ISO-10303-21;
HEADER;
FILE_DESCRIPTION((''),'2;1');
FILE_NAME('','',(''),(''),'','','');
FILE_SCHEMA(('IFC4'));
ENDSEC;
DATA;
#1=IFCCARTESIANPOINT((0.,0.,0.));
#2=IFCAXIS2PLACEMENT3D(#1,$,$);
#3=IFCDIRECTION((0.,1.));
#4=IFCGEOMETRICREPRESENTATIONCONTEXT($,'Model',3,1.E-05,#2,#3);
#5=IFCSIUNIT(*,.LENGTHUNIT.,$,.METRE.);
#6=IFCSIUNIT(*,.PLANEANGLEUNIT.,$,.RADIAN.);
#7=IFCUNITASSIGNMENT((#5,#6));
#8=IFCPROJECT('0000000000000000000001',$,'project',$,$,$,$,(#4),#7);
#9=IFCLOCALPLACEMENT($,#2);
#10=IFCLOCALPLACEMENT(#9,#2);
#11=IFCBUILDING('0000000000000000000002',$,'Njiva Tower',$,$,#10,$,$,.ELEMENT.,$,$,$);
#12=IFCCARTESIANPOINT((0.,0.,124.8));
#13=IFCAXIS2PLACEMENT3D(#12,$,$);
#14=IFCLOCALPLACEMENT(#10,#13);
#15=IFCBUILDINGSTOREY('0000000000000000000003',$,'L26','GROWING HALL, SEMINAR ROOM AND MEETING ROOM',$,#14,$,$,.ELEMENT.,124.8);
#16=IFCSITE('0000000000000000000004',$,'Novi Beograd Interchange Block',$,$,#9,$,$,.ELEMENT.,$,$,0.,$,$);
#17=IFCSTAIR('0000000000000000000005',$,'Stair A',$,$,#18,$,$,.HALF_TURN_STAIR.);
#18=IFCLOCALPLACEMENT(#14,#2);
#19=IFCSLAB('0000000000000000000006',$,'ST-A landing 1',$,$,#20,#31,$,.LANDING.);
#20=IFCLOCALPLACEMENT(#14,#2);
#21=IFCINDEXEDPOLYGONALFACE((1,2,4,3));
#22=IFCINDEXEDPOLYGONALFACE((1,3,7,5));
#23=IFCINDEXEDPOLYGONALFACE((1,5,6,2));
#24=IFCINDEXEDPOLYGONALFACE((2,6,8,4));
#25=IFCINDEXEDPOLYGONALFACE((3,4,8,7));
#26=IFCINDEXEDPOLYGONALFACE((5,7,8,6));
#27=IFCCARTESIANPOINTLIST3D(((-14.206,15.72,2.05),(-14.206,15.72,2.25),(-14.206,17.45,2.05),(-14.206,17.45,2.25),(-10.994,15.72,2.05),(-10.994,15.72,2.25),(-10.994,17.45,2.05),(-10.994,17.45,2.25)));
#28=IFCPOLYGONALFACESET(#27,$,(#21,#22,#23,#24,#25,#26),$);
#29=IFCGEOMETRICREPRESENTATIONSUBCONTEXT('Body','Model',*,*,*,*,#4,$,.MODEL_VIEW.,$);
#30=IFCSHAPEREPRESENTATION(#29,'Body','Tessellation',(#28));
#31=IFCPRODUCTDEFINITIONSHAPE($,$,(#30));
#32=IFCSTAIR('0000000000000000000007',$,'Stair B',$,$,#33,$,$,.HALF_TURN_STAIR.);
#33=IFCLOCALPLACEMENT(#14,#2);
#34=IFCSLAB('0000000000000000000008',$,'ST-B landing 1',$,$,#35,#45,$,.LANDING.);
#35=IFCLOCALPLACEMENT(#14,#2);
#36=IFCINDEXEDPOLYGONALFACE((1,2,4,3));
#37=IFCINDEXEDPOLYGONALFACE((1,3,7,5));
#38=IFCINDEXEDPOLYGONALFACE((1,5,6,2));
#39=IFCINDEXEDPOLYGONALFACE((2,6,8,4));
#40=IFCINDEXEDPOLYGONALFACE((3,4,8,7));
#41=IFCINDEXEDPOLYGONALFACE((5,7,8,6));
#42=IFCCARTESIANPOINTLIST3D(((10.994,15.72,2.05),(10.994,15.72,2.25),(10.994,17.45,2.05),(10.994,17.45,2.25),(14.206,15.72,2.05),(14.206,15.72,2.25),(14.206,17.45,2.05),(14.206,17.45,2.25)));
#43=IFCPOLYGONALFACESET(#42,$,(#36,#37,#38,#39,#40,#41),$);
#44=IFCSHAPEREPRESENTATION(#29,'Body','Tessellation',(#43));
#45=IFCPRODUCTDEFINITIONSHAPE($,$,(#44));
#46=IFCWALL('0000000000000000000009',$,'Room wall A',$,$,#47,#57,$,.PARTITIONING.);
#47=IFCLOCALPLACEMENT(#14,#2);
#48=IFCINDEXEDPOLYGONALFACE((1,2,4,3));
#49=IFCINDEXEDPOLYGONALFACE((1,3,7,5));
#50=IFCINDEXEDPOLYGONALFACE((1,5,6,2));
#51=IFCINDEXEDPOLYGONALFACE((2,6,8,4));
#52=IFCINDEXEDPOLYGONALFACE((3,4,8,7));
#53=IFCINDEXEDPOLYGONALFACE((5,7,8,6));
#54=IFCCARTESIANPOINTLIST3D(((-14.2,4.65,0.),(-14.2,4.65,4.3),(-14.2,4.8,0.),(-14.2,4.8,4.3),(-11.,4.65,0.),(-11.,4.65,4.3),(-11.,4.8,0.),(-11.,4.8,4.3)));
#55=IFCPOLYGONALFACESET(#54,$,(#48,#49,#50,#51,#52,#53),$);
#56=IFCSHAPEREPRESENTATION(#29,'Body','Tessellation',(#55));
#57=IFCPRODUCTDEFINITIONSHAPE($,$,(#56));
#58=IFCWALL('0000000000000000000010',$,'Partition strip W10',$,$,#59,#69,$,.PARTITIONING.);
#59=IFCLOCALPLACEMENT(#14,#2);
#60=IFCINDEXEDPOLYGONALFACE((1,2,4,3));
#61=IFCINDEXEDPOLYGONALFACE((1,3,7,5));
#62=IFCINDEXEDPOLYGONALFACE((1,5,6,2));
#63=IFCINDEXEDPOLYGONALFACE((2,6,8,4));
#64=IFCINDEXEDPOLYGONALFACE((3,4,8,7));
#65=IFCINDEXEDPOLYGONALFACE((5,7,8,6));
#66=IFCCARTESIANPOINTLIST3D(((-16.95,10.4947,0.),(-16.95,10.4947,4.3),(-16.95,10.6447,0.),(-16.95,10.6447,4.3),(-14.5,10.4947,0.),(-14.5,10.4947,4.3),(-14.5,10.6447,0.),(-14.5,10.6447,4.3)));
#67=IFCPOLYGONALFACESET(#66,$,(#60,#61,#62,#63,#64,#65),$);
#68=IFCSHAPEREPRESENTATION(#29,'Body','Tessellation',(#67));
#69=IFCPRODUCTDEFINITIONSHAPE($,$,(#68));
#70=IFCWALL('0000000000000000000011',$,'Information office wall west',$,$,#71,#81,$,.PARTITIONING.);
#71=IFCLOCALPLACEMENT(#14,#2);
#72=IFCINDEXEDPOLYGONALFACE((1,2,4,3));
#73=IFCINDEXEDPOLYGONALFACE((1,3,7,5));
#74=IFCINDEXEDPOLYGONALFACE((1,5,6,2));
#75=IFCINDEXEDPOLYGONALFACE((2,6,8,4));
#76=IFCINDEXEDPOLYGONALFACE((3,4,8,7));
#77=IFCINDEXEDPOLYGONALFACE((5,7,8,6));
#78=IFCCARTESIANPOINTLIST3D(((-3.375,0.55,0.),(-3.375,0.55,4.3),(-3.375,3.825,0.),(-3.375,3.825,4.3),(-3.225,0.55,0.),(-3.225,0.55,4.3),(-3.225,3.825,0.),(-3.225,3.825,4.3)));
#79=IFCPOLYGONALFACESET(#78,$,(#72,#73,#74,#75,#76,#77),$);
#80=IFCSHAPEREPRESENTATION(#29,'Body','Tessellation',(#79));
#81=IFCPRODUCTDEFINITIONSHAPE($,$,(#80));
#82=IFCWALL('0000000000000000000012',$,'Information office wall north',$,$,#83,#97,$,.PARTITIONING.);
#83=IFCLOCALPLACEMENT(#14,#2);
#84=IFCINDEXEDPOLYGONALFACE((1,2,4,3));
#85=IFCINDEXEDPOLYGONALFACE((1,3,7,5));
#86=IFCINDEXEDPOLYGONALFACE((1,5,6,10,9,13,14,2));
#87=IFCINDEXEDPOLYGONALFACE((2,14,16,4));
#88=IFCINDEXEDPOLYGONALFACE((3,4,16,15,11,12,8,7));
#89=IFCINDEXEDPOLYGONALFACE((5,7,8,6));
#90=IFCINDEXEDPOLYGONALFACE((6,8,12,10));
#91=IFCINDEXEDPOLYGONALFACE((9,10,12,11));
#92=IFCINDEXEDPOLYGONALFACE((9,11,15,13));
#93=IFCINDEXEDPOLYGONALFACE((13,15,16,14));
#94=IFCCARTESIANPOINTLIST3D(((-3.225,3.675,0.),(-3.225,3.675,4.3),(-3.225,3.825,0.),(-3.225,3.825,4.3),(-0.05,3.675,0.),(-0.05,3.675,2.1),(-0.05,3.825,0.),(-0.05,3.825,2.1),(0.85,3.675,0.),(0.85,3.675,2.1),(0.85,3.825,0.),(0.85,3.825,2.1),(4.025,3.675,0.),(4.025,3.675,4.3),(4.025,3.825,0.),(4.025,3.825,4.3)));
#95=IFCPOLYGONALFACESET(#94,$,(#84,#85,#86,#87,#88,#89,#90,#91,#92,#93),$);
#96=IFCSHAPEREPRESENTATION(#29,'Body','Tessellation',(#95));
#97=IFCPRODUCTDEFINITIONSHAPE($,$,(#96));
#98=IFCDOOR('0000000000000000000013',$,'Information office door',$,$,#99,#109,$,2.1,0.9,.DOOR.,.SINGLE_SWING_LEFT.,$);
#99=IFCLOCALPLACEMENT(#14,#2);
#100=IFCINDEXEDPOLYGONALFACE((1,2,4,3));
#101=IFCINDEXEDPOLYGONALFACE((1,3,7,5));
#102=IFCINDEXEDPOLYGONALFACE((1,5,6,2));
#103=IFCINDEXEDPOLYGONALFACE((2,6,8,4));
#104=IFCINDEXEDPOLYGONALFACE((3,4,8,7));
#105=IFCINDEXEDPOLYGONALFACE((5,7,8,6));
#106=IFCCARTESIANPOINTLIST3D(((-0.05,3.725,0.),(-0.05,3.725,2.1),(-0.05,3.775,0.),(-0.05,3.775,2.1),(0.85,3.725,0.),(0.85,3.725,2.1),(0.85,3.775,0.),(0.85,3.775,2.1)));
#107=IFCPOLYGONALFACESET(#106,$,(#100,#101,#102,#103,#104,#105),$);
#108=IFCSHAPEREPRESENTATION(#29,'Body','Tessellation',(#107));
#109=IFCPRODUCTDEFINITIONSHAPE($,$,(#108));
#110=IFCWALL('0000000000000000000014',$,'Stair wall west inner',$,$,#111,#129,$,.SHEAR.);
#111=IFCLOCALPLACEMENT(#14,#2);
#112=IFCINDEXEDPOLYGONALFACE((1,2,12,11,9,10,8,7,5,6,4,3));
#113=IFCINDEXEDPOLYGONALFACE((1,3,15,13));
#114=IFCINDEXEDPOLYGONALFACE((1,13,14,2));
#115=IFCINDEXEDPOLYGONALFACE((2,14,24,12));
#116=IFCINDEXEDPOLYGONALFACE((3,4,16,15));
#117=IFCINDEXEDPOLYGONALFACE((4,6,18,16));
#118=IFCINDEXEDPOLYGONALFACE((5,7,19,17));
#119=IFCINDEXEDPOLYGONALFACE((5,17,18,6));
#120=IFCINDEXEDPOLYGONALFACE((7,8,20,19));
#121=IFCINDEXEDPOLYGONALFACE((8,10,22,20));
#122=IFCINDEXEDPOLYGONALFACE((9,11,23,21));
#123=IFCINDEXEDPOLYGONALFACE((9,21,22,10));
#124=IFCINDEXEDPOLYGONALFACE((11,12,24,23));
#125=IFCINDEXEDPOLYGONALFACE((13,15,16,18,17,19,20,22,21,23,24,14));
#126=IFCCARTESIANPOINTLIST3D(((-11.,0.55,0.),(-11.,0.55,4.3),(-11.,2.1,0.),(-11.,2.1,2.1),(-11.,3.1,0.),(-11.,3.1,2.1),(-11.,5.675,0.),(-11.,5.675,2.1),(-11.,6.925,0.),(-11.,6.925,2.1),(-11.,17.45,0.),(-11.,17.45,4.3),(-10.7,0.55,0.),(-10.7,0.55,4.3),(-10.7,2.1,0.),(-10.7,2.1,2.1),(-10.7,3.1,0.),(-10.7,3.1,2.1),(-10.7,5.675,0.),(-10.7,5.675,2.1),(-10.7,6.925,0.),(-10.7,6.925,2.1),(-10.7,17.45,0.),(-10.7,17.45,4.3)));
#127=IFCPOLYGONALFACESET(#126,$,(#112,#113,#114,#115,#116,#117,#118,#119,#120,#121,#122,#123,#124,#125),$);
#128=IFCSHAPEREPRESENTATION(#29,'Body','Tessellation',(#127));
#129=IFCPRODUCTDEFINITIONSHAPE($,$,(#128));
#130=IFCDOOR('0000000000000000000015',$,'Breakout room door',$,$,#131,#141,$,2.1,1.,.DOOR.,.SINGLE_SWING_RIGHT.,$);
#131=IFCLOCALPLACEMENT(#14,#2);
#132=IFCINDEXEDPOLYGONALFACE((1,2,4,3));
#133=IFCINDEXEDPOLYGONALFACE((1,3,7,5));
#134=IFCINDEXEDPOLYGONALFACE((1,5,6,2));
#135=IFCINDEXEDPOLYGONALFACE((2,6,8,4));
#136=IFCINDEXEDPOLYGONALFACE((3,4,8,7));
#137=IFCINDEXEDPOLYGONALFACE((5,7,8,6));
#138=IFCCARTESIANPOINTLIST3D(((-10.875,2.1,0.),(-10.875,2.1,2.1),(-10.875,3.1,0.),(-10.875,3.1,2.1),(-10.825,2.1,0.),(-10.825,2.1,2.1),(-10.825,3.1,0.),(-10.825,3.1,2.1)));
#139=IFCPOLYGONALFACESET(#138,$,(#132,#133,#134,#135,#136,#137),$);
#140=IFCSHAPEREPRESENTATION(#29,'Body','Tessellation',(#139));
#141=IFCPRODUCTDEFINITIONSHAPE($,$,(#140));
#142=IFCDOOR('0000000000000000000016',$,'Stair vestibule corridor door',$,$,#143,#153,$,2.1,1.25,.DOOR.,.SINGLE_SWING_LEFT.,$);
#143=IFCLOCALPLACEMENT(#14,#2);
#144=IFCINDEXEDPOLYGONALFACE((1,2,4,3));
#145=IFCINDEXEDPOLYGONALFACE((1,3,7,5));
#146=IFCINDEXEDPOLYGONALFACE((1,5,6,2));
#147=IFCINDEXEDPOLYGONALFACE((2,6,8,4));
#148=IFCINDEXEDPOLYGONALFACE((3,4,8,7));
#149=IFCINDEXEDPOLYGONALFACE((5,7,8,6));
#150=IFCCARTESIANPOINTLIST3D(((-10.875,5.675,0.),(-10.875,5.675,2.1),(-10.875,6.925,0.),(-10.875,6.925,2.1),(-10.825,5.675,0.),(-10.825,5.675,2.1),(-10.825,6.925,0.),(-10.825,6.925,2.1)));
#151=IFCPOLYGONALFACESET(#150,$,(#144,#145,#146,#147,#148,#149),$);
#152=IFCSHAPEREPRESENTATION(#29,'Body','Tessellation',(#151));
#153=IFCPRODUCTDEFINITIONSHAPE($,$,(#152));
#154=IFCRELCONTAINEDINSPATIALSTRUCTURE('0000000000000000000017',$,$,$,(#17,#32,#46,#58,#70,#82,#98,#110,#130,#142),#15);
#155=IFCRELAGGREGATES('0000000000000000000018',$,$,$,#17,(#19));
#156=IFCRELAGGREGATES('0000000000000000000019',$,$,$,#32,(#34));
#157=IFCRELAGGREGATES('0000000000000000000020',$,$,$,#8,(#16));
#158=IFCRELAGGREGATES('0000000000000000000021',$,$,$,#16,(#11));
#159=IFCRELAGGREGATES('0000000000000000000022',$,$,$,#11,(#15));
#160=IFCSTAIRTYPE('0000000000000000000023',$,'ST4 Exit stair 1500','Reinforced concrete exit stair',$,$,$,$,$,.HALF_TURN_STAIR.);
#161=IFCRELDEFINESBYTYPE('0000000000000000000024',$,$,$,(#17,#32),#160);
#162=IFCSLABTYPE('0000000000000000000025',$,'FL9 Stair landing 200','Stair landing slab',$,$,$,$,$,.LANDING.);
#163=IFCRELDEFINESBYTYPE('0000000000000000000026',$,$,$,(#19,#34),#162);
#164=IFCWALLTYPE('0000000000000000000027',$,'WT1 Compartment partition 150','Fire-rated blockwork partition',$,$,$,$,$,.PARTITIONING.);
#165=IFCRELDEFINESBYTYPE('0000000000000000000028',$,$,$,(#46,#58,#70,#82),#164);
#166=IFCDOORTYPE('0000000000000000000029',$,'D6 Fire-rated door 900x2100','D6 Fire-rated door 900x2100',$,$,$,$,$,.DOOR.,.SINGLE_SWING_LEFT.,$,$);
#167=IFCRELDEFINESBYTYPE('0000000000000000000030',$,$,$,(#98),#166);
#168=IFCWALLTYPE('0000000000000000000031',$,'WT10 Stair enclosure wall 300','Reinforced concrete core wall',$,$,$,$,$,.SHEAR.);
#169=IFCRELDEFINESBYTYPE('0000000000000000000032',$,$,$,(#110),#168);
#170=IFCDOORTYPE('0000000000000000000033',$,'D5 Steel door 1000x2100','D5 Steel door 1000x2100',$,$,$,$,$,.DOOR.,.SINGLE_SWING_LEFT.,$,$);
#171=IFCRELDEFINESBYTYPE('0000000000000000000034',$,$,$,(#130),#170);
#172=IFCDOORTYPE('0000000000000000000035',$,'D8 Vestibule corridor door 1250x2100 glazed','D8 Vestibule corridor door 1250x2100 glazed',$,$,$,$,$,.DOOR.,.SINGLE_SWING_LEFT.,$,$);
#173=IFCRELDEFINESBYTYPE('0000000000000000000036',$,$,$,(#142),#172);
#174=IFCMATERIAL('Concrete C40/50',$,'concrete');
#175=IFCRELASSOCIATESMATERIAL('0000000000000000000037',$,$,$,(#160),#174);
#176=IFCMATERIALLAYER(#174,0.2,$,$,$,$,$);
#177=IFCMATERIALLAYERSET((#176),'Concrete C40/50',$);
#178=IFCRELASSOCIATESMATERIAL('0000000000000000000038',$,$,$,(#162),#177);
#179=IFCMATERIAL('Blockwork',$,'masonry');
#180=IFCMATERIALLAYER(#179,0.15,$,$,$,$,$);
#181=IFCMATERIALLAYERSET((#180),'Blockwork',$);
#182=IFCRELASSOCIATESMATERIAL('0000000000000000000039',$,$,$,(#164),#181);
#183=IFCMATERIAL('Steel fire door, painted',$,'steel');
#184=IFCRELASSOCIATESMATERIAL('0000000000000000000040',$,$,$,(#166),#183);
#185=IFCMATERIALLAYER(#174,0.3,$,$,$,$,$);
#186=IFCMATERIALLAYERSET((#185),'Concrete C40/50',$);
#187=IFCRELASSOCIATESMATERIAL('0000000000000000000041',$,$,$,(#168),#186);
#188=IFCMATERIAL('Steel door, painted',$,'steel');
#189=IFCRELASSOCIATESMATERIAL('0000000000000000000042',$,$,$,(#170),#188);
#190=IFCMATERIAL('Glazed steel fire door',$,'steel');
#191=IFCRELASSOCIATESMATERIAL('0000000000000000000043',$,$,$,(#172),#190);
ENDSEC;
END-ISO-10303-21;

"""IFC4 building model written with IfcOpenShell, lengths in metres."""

from ifc_helpers import new_model, si_unit, direction, frame, frame_2d, origin, place, context, subcontext, project, spatial, polyline, rectangle, outline, extrude, material, layer, layer_set, type_object, element, fill, aggregate, save


model = new_model("IFC4")

# Units and contexts
model_context = context("Model", 3, precision=1e-05, world=origin(), true_north=direction((0.0, 1.0)))
body_context = subcontext(model_context, "Body", "Model", "MODEL_VIEW")
ifc_project = project(units=[si_unit("LENGTHUNIT", "METRE"), si_unit("PLANEANGLEUNIT", "RADIAN")], contexts=[model_context])

# Site, building, storey
site_placement = place(None, origin())
site = spatial("IfcSite", under=ifc_project, at=site_placement, Name="Novi Beograd Interchange Block", CompositionType="ELEMENT", RefElevation=0.0)
building_placement = place(site_placement, origin())
building = spatial("IfcBuilding", under=site, at=building_placement, Name="Njiva Tower", CompositionType="ELEMENT")
storey_placement = place(building_placement, frame((0.0, 0.0, 124.8)))
storey = spatial("IfcBuildingStorey", under=building, at=storey_placement, Name="L26", Description="GROWING HALL, SEMINAR ROOM AND MEETING ROOM", CompositionType="ELEMENT", Elevation=124.8)

# Stairs, slabs
ifc_material_1 = material(Name="Concrete C40/50", Category="concrete")
stair_type = type_object("IfcStairType", Name="ST4 Exit stair 1500", Description="Reinforced concrete exit stair", PredefinedType="HALF_TURN_STAIR", material=ifc_material_1)
stair_1_placement = place(storey_placement, origin())
stair_1 = element("IfcStair", 1, at=stair_1_placement, inside=storey, type_object=stair_type, Name="Stair A", PredefinedType="HALF_TURN_STAIR")
ifc_layer_1 = layer(ifc_material_1, 0.2)
ifc_layer_set_1 = layer_set([ifc_layer_1], Name="Concrete C40/50")
slab_type = type_object("IfcSlabType", Name="FL9 Stair landing 200", Description="Stair landing slab", PredefinedType="LANDING", material=ifc_layer_set_1)
slab_1_placement = place(storey_placement, frame((0.0, 0.0, 2.05)))
slab_1 = element("IfcSlab", 2, at=slab_1_placement, type_object=slab_type, Name="ST-A landing 1", PredefinedType="LANDING", context=body_context, shape_type="SweptSolid", body=[
    extrude(outline(polyline([(-14.206, 15.72), (-10.994, 15.72), (-10.994, 17.45), (-14.206, 17.45), (-14.206, 15.72)])), origin(), (0.0, 0.0, 1.0), 0.2),
])
aggregate(stair_1, [slab_1])
stair_2_placement = place(storey_placement, origin())
stair_2 = element("IfcStair", 3, at=stair_2_placement, inside=storey, type_object=stair_type, Name="Stair B", PredefinedType="HALF_TURN_STAIR")
slab_2_placement = place(storey_placement, frame((0.0, 0.0, 2.05)))
slab_2 = element("IfcSlab", 4, at=slab_2_placement, type_object=slab_type, Name="ST-B landing 1", PredefinedType="LANDING", context=body_context, shape_type="SweptSolid", body=[
    extrude(outline(polyline([(10.994, 15.72), (14.206, 15.72), (14.206, 17.45), (10.994, 17.45), (10.994, 15.72)])), origin(), (0.0, 0.0, 1.0), 0.2),
])
aggregate(stair_2, [slab_2])

# Walls
ifc_material_2 = material(Name="Blockwork", Category="masonry")
ifc_layer_2 = layer(ifc_material_2, 0.15)
ifc_layer_set_2 = layer_set([ifc_layer_2], Name="Blockwork")
wall_type_1 = type_object("IfcWallType", Name="WT1 Compartment partition 150", Description="Fire-rated blockwork partition", PredefinedType="PARTITIONING", material=ifc_layer_set_2)
wall_1_placement = place(storey_placement, frame((-14.2, 4.725, 0.0), z_axis=(0.0, 0.0, 1.0), x_axis=(1.0, 0.0, 0.0)))
element("IfcWall", 5, at=wall_1_placement, inside=storey, type_object=wall_type_1, Name="Room wall A", PredefinedType="PARTITIONING", context=body_context, shape_type="SweptSolid", body=[
    extrude(rectangle(XDim=3.2, YDim=0.15, at=frame_2d((1.6, 0.0))), origin(), (0.0, 0.0, 1.0), 4.3),
])
wall_2_placement = place(storey_placement, frame((-16.95, 10.5697, 0.0), z_axis=(0.0, 0.0, 1.0), x_axis=(1.0, 0.0, 0.0)))
element("IfcWall", 6, at=wall_2_placement, inside=storey, type_object=wall_type_1, Name="Partition strip W10", PredefinedType="PARTITIONING", context=body_context, shape_type="SweptSolid", body=[
    extrude(rectangle(XDim=2.45, YDim=0.15, at=frame_2d((1.225, 0.0))), origin(), (0.0, 0.0, 1.0), 4.3),
])
wall_3_placement = place(storey_placement, frame((-3.3, 0.55, 0.0), z_axis=(0.0, 0.0, 1.0), x_axis=(0.0, 1.0, 0.0)))
element("IfcWall", 7, at=wall_3_placement, inside=storey, type_object=wall_type_1, Name="Information office wall west", PredefinedType="PARTITIONING", context=body_context, shape_type="SweptSolid", body=[
    extrude(rectangle(XDim=3.275, YDim=0.15, at=frame_2d((1.6375, 0.0))), origin(), (0.0, 0.0, 1.0), 4.3),
])

# Wall, opening, door
wall_4_placement = place(storey_placement, frame((-3.225, 3.75, 0.0), z_axis=(0.0, 0.0, 1.0), x_axis=(1.0, 0.0, 0.0)))
wall_4 = element("IfcWall", 8, at=wall_4_placement, inside=storey, type_object=wall_type_1, Name="Information office wall north", PredefinedType="PARTITIONING", context=body_context, shape_type="SweptSolid", body=[
    extrude(rectangle(XDim=7.25, YDim=0.15, at=frame_2d((3.625, 0.0))), origin(), (0.0, 0.0, 1.0), 4.3),
])
opening_1_placement = place(wall_4_placement, frame((3.175, 0.0, 0.0)))
opening_1 = element("IfcOpeningElement", 9, at=opening_1_placement, cuts=wall_4, PredefinedType="OPENING", context=body_context, shape_type="SweptSolid", body=[
    extrude(rectangle(XDim=0.9, YDim=2.1, at=frame_2d((0.45, 1.05))), frame((0.0, 0.085, 0.0), z_axis=(0.0, -1.0, 0.0), x_axis=(1.0, 0.0, 0.0)), (0.0, 0.0, 1.0), 0.17),
])
ifc_material_3 = material(Name="Steel fire door, painted", Category="steel")
door_type_1 = type_object("IfcDoorType", Name="D6 Fire-rated door 900x2100", Description="D6 Fire-rated door 900x2100", OperationType="SINGLE_SWING_LEFT", PredefinedType="DOOR", material=ifc_material_3)
door_1_placement = place(opening_1_placement, origin())
door_1 = element("IfcDoor", 10, at=door_1_placement, inside=storey, type_object=door_type_1, Name="Information office door", OperationType="SINGLE_SWING_LEFT", OverallHeight=2.1, OverallWidth=0.9, PredefinedType="DOOR", context=body_context, shape_type="SweptSolid", body=[
    extrude(rectangle(XDim=0.9, YDim=2.1, at=frame_2d((0.45, 1.05))), frame((0.0, 0.025, 0.0), z_axis=(0.0, -1.0, 0.0), x_axis=(1.0, 0.0, 0.0)), (0.0, 0.0, 1.0), 0.05),
])
fill(opening_1, door_1)

# Wall, openings, doors
ifc_layer_3 = layer(ifc_material_1, 0.3)
ifc_layer_set_3 = layer_set([ifc_layer_3], Name="Concrete C40/50")
wall_type_2 = type_object("IfcWallType", Name="WT10 Stair enclosure wall 300", Description="Reinforced concrete core wall", PredefinedType="SHEAR", material=ifc_layer_set_3)
wall_5_placement = place(storey_placement, frame((-10.85, 0.55, 0.0), z_axis=(0.0, 0.0, 1.0), x_axis=(0.0, 1.0, 0.0)))
wall_5 = element("IfcWall", 11, at=wall_5_placement, inside=storey, type_object=wall_type_2, Name="Stair wall west inner", PredefinedType="SHEAR", context=body_context, shape_type="SweptSolid", body=[
    extrude(rectangle(XDim=16.9, YDim=0.3, at=frame_2d((8.45, 0.0))), origin(), (0.0, 0.0, 1.0), 4.3),
])
opening_2_placement = place(wall_5_placement, frame((5.125, 0.0, 0.0)))
opening_2 = element("IfcOpeningElement", 12, at=opening_2_placement, cuts=wall_5, PredefinedType="OPENING", context=body_context, shape_type="SweptSolid", body=[
    extrude(rectangle(XDim=1.25, YDim=2.1, at=frame_2d((0.625, 1.05))), frame((0.0, 0.16, 0.0), z_axis=(0.0, -1.0, 0.0), x_axis=(1.0, 0.0, 0.0)), (0.0, 0.0, 1.0), 0.32),
])
opening_3_placement = place(wall_5_placement, frame((1.55, 0.0, 0.0)))
opening_3 = element("IfcOpeningElement", 13, at=opening_3_placement, cuts=wall_5, PredefinedType="OPENING", context=body_context, shape_type="SweptSolid", body=[
    extrude(rectangle(XDim=1.0, YDim=2.1, at=frame_2d((0.5, 1.05))), frame((0.0, 0.16, 0.0), z_axis=(0.0, -1.0, 0.0), x_axis=(1.0, 0.0, 0.0)), (0.0, 0.0, 1.0), 0.32),
])
ifc_material_4 = material(Name="Steel door, painted", Category="steel")
door_type_2 = type_object("IfcDoorType", Name="D5 Steel door 1000x2100", Description="D5 Steel door 1000x2100", OperationType="SINGLE_SWING_LEFT", PredefinedType="DOOR", material=ifc_material_4)
door_2_placement = place(opening_3_placement, origin())
door_2 = element("IfcDoor", 14, at=door_2_placement, inside=storey, type_object=door_type_2, Name="Breakout room door", OperationType="SINGLE_SWING_RIGHT", OverallHeight=2.1, OverallWidth=1.0, PredefinedType="DOOR", context=body_context, shape_type="SweptSolid", body=[
    extrude(rectangle(XDim=1.0, YDim=2.1, at=frame_2d((0.5, 1.05))), frame((0.0, 0.025, 0.0), z_axis=(0.0, -1.0, 0.0), x_axis=(1.0, 0.0, 0.0)), (0.0, 0.0, 1.0), 0.05),
])
fill(opening_3, door_2)
ifc_material_5 = material(Name="Glazed steel fire door", Category="steel")
door_type_3 = type_object("IfcDoorType", Name="D8 Vestibule corridor door 1250x2100 glazed", Description="D8 Vestibule corridor door 1250x2100 glazed", OperationType="SINGLE_SWING_LEFT", PredefinedType="DOOR", material=ifc_material_5)
door_3_placement = place(opening_2_placement, origin())
door_3 = element("IfcDoor", 15, at=door_3_placement, inside=storey, type_object=door_type_3, Name="Stair vestibule corridor door", OperationType="SINGLE_SWING_LEFT", OverallHeight=2.1, OverallWidth=1.25, PredefinedType="DOOR", context=body_context, shape_type="SweptSolid", body=[
    extrude(rectangle(XDim=1.25, YDim=2.1, at=frame_2d((0.625, 1.05))), frame((0.0, 0.025, 0.0), z_axis=(0.0, -1.0, 0.0), x_axis=(1.0, 0.0, 0.0)), (0.0, 0.0, 1.0), 0.05),
])
fill(opening_2, door_3)

save(model, "model.ifc")
